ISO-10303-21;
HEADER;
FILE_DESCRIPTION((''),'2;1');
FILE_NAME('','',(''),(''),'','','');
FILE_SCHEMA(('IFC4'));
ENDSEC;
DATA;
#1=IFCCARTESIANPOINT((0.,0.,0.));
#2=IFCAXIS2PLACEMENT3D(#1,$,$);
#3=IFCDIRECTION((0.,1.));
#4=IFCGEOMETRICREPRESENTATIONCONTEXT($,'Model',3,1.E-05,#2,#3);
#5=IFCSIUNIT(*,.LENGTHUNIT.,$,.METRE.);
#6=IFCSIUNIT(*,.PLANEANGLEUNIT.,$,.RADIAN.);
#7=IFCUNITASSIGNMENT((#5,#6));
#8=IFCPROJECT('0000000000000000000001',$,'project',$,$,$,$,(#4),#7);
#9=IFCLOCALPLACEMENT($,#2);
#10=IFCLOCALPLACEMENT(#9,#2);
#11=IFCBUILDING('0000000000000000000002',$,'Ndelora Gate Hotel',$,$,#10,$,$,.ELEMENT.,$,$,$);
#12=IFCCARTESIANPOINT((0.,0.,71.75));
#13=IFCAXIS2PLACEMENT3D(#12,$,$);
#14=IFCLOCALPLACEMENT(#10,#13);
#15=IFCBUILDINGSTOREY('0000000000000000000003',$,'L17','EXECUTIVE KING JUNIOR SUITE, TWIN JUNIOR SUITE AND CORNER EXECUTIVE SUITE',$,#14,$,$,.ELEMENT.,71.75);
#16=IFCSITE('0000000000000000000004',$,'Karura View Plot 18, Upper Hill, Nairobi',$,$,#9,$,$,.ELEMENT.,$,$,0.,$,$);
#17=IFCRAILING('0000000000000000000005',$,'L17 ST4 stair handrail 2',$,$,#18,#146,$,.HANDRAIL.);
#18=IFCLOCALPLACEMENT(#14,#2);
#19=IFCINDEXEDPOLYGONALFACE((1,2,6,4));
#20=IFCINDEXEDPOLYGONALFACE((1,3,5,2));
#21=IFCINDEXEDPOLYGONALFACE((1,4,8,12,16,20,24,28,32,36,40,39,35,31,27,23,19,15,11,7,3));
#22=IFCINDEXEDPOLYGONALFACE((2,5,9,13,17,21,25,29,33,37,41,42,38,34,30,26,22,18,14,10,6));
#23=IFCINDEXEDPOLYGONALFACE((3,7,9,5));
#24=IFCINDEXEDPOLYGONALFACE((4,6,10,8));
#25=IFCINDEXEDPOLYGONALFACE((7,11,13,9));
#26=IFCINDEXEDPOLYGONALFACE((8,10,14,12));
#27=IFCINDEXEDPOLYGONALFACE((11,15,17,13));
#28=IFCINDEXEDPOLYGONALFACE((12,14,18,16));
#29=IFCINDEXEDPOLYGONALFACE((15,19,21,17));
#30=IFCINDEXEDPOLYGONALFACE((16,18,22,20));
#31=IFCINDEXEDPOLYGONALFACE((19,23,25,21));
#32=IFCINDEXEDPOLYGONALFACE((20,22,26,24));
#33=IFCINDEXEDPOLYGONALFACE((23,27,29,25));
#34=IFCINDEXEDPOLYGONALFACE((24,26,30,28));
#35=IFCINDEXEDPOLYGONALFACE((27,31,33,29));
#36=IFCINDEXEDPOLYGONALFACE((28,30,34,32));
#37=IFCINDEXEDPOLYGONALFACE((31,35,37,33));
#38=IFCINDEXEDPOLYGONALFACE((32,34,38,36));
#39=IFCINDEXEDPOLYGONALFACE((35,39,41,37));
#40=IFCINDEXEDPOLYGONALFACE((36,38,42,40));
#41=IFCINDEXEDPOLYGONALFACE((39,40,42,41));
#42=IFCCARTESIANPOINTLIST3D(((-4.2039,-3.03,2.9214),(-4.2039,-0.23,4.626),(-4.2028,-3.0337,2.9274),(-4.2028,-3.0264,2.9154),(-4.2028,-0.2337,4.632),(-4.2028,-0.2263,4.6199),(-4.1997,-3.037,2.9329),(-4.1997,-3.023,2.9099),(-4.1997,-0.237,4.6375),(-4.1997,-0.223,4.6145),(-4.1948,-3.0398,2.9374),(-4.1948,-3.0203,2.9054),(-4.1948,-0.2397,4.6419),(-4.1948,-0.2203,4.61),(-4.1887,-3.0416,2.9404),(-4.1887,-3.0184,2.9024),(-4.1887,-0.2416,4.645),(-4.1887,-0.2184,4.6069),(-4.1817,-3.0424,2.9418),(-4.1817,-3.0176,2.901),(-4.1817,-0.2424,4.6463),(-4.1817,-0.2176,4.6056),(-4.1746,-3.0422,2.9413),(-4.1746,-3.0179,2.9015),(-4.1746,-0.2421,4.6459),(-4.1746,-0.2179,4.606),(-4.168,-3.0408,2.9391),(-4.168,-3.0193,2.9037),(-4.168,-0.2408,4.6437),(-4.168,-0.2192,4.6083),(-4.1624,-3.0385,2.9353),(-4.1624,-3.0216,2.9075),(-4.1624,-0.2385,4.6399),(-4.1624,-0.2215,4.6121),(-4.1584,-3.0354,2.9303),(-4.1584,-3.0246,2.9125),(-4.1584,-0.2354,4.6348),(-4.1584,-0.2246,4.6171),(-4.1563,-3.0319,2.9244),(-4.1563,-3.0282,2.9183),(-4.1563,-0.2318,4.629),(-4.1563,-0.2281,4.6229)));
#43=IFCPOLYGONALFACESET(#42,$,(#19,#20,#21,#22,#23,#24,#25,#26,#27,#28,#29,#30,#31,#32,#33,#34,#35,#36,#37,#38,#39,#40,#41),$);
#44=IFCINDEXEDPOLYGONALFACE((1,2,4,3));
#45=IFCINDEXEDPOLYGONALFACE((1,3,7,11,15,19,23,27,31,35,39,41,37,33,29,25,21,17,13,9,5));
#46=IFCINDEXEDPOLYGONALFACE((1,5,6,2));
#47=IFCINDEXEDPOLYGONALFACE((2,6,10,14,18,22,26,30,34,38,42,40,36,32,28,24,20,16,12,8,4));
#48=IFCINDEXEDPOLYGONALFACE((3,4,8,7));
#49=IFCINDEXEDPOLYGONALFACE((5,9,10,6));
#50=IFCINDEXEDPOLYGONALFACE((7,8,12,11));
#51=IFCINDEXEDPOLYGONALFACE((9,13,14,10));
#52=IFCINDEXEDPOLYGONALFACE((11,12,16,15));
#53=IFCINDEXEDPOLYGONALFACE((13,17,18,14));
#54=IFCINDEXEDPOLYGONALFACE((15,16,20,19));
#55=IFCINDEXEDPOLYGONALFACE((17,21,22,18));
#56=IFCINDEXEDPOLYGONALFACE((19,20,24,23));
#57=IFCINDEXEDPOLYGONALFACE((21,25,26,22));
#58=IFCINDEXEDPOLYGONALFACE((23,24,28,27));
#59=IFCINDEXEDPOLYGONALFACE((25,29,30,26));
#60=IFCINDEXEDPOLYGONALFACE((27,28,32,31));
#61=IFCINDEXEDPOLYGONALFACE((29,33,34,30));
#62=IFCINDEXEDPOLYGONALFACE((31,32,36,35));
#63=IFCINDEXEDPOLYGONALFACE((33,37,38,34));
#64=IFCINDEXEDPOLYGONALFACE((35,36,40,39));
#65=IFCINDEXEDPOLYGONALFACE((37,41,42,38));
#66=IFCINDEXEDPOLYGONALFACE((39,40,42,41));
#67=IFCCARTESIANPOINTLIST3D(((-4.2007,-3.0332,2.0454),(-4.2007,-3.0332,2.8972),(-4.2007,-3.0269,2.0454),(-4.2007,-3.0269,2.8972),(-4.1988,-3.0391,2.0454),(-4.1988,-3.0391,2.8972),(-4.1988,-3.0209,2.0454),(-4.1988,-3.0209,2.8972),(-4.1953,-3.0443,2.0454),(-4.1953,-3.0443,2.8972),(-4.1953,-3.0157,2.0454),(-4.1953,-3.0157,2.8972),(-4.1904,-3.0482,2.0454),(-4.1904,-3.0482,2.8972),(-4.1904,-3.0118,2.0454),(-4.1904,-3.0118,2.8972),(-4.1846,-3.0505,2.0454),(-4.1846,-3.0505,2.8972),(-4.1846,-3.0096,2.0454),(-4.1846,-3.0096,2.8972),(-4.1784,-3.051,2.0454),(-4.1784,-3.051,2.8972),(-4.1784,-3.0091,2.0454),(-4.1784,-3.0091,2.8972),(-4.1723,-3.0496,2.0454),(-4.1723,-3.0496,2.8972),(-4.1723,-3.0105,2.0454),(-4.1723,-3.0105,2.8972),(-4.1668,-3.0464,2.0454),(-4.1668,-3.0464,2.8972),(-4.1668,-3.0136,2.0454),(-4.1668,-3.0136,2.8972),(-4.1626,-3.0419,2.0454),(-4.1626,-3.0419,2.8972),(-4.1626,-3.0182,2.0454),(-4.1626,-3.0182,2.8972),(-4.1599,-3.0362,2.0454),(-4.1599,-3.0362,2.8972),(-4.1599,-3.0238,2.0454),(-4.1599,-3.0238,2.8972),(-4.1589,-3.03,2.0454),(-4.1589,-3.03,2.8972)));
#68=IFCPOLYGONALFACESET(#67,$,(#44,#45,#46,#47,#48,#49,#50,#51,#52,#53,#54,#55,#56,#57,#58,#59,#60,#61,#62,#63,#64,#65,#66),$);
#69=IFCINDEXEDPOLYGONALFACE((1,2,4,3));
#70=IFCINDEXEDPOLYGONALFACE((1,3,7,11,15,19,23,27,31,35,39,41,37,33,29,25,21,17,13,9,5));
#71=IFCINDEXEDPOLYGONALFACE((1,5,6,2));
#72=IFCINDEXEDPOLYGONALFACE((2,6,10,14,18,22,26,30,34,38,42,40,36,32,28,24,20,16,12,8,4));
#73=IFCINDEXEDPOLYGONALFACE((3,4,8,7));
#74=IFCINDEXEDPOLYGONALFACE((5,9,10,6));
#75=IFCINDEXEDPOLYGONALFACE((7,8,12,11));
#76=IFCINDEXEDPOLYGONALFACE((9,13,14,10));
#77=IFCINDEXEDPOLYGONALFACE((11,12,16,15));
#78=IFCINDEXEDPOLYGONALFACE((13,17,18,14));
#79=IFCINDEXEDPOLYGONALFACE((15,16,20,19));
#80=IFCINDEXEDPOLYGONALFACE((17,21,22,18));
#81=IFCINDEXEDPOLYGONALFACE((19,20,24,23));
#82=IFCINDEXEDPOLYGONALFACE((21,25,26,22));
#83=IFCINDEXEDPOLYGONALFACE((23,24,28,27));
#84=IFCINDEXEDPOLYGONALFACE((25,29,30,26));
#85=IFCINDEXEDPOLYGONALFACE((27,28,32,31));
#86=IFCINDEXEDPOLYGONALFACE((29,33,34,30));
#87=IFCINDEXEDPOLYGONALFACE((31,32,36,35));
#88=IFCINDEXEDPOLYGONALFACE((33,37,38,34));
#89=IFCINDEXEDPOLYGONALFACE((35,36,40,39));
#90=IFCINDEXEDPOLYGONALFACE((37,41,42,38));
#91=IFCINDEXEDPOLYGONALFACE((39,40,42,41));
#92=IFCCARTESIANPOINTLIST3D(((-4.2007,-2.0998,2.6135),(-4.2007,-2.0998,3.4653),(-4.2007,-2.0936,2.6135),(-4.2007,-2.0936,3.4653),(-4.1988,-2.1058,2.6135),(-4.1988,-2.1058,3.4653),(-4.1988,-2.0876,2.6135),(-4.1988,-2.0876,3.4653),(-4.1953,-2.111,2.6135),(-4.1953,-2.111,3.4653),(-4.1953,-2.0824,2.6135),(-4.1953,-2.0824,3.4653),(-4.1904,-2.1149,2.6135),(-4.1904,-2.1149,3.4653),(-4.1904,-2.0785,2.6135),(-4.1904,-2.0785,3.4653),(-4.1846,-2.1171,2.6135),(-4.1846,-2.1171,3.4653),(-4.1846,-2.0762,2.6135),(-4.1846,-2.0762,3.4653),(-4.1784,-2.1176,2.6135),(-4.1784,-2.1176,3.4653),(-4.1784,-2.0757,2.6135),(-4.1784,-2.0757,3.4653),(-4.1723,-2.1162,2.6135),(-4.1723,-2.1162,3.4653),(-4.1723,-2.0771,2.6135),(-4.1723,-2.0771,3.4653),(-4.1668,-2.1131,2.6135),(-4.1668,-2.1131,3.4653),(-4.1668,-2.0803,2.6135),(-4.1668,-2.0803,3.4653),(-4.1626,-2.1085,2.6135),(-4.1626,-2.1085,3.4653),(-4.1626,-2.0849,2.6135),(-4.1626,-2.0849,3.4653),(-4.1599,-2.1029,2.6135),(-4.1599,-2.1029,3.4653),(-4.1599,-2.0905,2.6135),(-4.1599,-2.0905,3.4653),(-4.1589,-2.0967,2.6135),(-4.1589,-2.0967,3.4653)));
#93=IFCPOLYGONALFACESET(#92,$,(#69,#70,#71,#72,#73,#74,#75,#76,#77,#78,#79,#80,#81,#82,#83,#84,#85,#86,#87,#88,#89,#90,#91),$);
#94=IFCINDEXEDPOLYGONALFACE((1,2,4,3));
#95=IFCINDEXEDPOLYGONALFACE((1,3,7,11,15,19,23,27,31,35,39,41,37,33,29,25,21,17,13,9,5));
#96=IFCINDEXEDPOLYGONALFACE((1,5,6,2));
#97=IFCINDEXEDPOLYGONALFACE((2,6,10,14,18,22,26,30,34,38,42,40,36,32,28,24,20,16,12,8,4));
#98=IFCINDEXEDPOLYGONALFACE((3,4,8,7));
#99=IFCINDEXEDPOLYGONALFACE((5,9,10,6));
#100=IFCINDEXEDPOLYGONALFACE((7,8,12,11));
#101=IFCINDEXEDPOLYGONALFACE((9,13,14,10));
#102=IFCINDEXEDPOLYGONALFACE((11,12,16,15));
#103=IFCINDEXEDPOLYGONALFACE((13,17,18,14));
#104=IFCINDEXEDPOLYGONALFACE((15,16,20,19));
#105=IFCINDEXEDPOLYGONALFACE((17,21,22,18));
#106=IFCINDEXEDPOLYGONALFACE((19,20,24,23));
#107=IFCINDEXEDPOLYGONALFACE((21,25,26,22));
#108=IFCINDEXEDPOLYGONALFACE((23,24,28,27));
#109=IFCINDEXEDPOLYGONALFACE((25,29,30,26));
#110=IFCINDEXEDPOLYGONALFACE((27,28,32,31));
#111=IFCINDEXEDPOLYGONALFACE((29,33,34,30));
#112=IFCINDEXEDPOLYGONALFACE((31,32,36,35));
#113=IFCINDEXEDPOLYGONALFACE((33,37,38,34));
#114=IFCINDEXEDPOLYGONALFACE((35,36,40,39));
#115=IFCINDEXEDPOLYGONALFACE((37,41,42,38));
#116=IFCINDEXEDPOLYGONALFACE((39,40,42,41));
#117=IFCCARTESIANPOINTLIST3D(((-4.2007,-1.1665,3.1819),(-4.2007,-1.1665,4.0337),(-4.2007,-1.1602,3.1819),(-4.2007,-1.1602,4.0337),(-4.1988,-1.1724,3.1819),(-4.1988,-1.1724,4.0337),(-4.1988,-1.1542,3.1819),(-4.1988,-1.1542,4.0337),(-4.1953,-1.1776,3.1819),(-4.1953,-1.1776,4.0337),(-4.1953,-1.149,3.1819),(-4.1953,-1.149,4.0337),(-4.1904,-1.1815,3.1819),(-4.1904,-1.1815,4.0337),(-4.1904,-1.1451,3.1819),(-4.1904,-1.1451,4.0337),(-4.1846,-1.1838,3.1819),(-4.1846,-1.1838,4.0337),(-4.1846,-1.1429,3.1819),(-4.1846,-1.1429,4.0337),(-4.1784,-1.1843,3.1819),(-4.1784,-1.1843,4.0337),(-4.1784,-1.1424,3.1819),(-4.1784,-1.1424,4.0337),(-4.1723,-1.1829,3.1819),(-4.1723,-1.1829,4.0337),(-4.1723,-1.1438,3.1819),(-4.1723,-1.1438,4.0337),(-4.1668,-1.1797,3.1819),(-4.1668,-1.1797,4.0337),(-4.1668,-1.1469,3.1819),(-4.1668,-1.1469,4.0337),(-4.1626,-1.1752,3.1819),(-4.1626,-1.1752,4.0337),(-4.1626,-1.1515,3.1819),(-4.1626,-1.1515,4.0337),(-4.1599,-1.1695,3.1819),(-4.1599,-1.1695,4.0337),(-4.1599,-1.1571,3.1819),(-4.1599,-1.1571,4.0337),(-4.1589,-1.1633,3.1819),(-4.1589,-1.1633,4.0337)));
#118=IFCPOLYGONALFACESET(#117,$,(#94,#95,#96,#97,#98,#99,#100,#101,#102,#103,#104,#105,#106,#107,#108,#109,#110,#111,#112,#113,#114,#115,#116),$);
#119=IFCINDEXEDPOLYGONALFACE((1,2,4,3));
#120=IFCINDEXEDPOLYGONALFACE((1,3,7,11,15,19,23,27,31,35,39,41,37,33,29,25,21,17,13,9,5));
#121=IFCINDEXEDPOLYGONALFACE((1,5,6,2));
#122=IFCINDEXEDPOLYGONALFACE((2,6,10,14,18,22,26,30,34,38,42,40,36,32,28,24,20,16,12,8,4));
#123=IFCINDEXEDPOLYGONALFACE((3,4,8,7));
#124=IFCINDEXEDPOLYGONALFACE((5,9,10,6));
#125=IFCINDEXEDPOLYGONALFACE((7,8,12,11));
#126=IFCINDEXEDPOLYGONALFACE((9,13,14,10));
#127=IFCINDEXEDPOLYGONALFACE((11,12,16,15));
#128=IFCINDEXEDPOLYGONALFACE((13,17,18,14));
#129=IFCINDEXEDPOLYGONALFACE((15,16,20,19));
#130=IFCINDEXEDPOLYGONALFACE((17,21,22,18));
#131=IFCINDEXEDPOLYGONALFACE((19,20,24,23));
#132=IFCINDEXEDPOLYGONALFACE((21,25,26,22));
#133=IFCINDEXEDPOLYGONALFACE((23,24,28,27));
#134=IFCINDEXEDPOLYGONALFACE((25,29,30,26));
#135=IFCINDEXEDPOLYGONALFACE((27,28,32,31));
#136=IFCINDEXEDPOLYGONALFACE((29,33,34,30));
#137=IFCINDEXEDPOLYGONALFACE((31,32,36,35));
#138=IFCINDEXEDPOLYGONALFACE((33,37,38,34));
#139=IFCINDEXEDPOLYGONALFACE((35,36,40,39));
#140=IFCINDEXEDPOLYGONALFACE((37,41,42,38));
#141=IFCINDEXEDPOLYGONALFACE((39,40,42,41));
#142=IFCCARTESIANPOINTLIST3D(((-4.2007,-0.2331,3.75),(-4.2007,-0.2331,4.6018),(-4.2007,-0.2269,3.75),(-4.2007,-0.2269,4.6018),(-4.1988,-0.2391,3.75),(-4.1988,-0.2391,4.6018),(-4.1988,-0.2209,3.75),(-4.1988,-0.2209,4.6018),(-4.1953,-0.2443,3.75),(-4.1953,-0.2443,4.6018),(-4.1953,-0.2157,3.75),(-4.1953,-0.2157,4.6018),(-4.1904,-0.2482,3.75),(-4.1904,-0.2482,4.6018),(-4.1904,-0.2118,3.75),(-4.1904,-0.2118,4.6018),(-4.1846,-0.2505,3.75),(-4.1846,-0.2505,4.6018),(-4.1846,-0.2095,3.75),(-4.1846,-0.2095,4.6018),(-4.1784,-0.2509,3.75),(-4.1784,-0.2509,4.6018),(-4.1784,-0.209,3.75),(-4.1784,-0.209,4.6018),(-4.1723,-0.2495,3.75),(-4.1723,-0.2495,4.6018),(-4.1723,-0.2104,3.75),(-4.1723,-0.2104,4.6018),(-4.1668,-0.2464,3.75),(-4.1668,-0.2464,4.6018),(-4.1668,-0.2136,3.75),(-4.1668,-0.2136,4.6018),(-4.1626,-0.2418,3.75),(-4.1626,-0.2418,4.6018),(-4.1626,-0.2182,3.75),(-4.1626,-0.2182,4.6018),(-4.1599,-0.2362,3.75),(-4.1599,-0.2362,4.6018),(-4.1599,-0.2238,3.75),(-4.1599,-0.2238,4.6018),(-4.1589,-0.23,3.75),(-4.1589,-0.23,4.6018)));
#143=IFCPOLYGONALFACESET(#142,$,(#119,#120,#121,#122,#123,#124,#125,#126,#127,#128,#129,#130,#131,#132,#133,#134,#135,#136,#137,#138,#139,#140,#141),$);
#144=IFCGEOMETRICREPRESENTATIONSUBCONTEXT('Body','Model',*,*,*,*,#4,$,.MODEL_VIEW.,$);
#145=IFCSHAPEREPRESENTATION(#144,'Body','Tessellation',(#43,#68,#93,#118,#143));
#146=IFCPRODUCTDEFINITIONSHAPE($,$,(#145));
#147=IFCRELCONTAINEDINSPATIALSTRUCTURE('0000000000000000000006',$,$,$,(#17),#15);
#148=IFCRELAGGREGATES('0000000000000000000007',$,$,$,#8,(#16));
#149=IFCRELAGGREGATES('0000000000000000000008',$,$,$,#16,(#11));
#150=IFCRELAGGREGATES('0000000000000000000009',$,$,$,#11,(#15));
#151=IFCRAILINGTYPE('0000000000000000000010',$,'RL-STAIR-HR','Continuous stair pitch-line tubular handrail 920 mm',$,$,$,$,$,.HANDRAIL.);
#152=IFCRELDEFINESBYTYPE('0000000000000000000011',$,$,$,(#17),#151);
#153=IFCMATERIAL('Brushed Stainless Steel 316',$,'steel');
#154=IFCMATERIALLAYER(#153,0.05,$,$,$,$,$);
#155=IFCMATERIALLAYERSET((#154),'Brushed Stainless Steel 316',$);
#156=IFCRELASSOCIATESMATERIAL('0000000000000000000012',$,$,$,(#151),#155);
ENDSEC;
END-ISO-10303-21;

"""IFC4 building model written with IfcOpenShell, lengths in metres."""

from ifc_helpers import new_model, si_unit, direction, frame, origin, origin_2d, place, context, subcontext, project, spatial, circle, extrude, material, layer, layer_set, type_object, element, save


model = new_model("IFC4")

# Units and contexts
model_context = context("Model", 3, precision=1e-05, world=origin(), true_north=direction((0.0, 1.0)))
body_context = subcontext(model_context, "Body", "Model", "MODEL_VIEW")
ifc_project = project(units=[si_unit("LENGTHUNIT", "METRE"), si_unit("PLANEANGLEUNIT", "RADIAN")], contexts=[model_context])

# Site, building, storey
site_placement = place(None, origin())
site = spatial("IfcSite", under=ifc_project, at=site_placement, Name="Karura View Plot 18, Upper Hill, Nairobi", CompositionType="ELEMENT", RefElevation=0.0)
building_placement = place(site_placement, origin())
building = spatial("IfcBuilding", under=site, at=building_placement, Name="Ndelora Gate Hotel", CompositionType="ELEMENT")
storey_placement = place(building_placement, frame((0.0, 0.0, 71.75)))
storey = spatial("IfcBuildingStorey", under=building, at=storey_placement, Name="L17", Description="EXECUTIVE KING JUNIOR SUITE, TWIN JUNIOR SUITE AND CORNER EXECUTIVE SUITE", CompositionType="ELEMENT", Elevation=71.75)

# Railing
ifc_material_1 = material(Name="Brushed Stainless Steel 316", Category="steel")
ifc_layer_1 = layer(ifc_material_1, 0.05)
ifc_layer_set_1 = layer_set([ifc_layer_1], Name="Brushed Stainless Steel 316")
railing_type_1 = type_object("IfcRailingType", Name="RL-STAIR-HR", Description="Continuous stair pitch-line tubular handrail 920 mm", PredefinedType="HANDRAIL", material=ifc_layer_set_1)
railing_1_placement = place(storey_placement, frame((-4.1799, -3.03, 2.0454)))
element("IfcRailing", 1, at=railing_1_placement, inside=storey, type_object=railing_type_1, Name="L17 ST4 stair handrail 2", PredefinedType="HANDRAIL", context=body_context, shape_type="SweptSolid", body=[
    extrude(circle(Radius=0.0239, at=origin_2d()), frame((0.0, 0.0, 0.876), z_axis=(0.0, 0.85417, 0.519994), x_axis=(-1.0, 0.0, 0.0)), (0.0, 0.0, 1.0), 3.2781),
    extrude(circle(Radius=0.021, at=origin_2d()), origin(), (0.0, 0.0, 1.0), 0.8518),
    extrude(circle(Radius=0.021, at=origin_2d()), frame((0.0, 0.9333, 0.5681)), (0.0, 0.0, 1.0), 0.8518),
    extrude(circle(Radius=0.021, at=origin_2d()), frame((0.0, 1.8667, 1.1365)), (0.0, 0.0, 1.0), 0.8518),
    extrude(circle(Radius=0.021, at=origin_2d()), frame((0.0, 2.8, 1.7046)), (0.0, 0.0, 1.0), 0.8518),
])

save(model, "model.ifc")
